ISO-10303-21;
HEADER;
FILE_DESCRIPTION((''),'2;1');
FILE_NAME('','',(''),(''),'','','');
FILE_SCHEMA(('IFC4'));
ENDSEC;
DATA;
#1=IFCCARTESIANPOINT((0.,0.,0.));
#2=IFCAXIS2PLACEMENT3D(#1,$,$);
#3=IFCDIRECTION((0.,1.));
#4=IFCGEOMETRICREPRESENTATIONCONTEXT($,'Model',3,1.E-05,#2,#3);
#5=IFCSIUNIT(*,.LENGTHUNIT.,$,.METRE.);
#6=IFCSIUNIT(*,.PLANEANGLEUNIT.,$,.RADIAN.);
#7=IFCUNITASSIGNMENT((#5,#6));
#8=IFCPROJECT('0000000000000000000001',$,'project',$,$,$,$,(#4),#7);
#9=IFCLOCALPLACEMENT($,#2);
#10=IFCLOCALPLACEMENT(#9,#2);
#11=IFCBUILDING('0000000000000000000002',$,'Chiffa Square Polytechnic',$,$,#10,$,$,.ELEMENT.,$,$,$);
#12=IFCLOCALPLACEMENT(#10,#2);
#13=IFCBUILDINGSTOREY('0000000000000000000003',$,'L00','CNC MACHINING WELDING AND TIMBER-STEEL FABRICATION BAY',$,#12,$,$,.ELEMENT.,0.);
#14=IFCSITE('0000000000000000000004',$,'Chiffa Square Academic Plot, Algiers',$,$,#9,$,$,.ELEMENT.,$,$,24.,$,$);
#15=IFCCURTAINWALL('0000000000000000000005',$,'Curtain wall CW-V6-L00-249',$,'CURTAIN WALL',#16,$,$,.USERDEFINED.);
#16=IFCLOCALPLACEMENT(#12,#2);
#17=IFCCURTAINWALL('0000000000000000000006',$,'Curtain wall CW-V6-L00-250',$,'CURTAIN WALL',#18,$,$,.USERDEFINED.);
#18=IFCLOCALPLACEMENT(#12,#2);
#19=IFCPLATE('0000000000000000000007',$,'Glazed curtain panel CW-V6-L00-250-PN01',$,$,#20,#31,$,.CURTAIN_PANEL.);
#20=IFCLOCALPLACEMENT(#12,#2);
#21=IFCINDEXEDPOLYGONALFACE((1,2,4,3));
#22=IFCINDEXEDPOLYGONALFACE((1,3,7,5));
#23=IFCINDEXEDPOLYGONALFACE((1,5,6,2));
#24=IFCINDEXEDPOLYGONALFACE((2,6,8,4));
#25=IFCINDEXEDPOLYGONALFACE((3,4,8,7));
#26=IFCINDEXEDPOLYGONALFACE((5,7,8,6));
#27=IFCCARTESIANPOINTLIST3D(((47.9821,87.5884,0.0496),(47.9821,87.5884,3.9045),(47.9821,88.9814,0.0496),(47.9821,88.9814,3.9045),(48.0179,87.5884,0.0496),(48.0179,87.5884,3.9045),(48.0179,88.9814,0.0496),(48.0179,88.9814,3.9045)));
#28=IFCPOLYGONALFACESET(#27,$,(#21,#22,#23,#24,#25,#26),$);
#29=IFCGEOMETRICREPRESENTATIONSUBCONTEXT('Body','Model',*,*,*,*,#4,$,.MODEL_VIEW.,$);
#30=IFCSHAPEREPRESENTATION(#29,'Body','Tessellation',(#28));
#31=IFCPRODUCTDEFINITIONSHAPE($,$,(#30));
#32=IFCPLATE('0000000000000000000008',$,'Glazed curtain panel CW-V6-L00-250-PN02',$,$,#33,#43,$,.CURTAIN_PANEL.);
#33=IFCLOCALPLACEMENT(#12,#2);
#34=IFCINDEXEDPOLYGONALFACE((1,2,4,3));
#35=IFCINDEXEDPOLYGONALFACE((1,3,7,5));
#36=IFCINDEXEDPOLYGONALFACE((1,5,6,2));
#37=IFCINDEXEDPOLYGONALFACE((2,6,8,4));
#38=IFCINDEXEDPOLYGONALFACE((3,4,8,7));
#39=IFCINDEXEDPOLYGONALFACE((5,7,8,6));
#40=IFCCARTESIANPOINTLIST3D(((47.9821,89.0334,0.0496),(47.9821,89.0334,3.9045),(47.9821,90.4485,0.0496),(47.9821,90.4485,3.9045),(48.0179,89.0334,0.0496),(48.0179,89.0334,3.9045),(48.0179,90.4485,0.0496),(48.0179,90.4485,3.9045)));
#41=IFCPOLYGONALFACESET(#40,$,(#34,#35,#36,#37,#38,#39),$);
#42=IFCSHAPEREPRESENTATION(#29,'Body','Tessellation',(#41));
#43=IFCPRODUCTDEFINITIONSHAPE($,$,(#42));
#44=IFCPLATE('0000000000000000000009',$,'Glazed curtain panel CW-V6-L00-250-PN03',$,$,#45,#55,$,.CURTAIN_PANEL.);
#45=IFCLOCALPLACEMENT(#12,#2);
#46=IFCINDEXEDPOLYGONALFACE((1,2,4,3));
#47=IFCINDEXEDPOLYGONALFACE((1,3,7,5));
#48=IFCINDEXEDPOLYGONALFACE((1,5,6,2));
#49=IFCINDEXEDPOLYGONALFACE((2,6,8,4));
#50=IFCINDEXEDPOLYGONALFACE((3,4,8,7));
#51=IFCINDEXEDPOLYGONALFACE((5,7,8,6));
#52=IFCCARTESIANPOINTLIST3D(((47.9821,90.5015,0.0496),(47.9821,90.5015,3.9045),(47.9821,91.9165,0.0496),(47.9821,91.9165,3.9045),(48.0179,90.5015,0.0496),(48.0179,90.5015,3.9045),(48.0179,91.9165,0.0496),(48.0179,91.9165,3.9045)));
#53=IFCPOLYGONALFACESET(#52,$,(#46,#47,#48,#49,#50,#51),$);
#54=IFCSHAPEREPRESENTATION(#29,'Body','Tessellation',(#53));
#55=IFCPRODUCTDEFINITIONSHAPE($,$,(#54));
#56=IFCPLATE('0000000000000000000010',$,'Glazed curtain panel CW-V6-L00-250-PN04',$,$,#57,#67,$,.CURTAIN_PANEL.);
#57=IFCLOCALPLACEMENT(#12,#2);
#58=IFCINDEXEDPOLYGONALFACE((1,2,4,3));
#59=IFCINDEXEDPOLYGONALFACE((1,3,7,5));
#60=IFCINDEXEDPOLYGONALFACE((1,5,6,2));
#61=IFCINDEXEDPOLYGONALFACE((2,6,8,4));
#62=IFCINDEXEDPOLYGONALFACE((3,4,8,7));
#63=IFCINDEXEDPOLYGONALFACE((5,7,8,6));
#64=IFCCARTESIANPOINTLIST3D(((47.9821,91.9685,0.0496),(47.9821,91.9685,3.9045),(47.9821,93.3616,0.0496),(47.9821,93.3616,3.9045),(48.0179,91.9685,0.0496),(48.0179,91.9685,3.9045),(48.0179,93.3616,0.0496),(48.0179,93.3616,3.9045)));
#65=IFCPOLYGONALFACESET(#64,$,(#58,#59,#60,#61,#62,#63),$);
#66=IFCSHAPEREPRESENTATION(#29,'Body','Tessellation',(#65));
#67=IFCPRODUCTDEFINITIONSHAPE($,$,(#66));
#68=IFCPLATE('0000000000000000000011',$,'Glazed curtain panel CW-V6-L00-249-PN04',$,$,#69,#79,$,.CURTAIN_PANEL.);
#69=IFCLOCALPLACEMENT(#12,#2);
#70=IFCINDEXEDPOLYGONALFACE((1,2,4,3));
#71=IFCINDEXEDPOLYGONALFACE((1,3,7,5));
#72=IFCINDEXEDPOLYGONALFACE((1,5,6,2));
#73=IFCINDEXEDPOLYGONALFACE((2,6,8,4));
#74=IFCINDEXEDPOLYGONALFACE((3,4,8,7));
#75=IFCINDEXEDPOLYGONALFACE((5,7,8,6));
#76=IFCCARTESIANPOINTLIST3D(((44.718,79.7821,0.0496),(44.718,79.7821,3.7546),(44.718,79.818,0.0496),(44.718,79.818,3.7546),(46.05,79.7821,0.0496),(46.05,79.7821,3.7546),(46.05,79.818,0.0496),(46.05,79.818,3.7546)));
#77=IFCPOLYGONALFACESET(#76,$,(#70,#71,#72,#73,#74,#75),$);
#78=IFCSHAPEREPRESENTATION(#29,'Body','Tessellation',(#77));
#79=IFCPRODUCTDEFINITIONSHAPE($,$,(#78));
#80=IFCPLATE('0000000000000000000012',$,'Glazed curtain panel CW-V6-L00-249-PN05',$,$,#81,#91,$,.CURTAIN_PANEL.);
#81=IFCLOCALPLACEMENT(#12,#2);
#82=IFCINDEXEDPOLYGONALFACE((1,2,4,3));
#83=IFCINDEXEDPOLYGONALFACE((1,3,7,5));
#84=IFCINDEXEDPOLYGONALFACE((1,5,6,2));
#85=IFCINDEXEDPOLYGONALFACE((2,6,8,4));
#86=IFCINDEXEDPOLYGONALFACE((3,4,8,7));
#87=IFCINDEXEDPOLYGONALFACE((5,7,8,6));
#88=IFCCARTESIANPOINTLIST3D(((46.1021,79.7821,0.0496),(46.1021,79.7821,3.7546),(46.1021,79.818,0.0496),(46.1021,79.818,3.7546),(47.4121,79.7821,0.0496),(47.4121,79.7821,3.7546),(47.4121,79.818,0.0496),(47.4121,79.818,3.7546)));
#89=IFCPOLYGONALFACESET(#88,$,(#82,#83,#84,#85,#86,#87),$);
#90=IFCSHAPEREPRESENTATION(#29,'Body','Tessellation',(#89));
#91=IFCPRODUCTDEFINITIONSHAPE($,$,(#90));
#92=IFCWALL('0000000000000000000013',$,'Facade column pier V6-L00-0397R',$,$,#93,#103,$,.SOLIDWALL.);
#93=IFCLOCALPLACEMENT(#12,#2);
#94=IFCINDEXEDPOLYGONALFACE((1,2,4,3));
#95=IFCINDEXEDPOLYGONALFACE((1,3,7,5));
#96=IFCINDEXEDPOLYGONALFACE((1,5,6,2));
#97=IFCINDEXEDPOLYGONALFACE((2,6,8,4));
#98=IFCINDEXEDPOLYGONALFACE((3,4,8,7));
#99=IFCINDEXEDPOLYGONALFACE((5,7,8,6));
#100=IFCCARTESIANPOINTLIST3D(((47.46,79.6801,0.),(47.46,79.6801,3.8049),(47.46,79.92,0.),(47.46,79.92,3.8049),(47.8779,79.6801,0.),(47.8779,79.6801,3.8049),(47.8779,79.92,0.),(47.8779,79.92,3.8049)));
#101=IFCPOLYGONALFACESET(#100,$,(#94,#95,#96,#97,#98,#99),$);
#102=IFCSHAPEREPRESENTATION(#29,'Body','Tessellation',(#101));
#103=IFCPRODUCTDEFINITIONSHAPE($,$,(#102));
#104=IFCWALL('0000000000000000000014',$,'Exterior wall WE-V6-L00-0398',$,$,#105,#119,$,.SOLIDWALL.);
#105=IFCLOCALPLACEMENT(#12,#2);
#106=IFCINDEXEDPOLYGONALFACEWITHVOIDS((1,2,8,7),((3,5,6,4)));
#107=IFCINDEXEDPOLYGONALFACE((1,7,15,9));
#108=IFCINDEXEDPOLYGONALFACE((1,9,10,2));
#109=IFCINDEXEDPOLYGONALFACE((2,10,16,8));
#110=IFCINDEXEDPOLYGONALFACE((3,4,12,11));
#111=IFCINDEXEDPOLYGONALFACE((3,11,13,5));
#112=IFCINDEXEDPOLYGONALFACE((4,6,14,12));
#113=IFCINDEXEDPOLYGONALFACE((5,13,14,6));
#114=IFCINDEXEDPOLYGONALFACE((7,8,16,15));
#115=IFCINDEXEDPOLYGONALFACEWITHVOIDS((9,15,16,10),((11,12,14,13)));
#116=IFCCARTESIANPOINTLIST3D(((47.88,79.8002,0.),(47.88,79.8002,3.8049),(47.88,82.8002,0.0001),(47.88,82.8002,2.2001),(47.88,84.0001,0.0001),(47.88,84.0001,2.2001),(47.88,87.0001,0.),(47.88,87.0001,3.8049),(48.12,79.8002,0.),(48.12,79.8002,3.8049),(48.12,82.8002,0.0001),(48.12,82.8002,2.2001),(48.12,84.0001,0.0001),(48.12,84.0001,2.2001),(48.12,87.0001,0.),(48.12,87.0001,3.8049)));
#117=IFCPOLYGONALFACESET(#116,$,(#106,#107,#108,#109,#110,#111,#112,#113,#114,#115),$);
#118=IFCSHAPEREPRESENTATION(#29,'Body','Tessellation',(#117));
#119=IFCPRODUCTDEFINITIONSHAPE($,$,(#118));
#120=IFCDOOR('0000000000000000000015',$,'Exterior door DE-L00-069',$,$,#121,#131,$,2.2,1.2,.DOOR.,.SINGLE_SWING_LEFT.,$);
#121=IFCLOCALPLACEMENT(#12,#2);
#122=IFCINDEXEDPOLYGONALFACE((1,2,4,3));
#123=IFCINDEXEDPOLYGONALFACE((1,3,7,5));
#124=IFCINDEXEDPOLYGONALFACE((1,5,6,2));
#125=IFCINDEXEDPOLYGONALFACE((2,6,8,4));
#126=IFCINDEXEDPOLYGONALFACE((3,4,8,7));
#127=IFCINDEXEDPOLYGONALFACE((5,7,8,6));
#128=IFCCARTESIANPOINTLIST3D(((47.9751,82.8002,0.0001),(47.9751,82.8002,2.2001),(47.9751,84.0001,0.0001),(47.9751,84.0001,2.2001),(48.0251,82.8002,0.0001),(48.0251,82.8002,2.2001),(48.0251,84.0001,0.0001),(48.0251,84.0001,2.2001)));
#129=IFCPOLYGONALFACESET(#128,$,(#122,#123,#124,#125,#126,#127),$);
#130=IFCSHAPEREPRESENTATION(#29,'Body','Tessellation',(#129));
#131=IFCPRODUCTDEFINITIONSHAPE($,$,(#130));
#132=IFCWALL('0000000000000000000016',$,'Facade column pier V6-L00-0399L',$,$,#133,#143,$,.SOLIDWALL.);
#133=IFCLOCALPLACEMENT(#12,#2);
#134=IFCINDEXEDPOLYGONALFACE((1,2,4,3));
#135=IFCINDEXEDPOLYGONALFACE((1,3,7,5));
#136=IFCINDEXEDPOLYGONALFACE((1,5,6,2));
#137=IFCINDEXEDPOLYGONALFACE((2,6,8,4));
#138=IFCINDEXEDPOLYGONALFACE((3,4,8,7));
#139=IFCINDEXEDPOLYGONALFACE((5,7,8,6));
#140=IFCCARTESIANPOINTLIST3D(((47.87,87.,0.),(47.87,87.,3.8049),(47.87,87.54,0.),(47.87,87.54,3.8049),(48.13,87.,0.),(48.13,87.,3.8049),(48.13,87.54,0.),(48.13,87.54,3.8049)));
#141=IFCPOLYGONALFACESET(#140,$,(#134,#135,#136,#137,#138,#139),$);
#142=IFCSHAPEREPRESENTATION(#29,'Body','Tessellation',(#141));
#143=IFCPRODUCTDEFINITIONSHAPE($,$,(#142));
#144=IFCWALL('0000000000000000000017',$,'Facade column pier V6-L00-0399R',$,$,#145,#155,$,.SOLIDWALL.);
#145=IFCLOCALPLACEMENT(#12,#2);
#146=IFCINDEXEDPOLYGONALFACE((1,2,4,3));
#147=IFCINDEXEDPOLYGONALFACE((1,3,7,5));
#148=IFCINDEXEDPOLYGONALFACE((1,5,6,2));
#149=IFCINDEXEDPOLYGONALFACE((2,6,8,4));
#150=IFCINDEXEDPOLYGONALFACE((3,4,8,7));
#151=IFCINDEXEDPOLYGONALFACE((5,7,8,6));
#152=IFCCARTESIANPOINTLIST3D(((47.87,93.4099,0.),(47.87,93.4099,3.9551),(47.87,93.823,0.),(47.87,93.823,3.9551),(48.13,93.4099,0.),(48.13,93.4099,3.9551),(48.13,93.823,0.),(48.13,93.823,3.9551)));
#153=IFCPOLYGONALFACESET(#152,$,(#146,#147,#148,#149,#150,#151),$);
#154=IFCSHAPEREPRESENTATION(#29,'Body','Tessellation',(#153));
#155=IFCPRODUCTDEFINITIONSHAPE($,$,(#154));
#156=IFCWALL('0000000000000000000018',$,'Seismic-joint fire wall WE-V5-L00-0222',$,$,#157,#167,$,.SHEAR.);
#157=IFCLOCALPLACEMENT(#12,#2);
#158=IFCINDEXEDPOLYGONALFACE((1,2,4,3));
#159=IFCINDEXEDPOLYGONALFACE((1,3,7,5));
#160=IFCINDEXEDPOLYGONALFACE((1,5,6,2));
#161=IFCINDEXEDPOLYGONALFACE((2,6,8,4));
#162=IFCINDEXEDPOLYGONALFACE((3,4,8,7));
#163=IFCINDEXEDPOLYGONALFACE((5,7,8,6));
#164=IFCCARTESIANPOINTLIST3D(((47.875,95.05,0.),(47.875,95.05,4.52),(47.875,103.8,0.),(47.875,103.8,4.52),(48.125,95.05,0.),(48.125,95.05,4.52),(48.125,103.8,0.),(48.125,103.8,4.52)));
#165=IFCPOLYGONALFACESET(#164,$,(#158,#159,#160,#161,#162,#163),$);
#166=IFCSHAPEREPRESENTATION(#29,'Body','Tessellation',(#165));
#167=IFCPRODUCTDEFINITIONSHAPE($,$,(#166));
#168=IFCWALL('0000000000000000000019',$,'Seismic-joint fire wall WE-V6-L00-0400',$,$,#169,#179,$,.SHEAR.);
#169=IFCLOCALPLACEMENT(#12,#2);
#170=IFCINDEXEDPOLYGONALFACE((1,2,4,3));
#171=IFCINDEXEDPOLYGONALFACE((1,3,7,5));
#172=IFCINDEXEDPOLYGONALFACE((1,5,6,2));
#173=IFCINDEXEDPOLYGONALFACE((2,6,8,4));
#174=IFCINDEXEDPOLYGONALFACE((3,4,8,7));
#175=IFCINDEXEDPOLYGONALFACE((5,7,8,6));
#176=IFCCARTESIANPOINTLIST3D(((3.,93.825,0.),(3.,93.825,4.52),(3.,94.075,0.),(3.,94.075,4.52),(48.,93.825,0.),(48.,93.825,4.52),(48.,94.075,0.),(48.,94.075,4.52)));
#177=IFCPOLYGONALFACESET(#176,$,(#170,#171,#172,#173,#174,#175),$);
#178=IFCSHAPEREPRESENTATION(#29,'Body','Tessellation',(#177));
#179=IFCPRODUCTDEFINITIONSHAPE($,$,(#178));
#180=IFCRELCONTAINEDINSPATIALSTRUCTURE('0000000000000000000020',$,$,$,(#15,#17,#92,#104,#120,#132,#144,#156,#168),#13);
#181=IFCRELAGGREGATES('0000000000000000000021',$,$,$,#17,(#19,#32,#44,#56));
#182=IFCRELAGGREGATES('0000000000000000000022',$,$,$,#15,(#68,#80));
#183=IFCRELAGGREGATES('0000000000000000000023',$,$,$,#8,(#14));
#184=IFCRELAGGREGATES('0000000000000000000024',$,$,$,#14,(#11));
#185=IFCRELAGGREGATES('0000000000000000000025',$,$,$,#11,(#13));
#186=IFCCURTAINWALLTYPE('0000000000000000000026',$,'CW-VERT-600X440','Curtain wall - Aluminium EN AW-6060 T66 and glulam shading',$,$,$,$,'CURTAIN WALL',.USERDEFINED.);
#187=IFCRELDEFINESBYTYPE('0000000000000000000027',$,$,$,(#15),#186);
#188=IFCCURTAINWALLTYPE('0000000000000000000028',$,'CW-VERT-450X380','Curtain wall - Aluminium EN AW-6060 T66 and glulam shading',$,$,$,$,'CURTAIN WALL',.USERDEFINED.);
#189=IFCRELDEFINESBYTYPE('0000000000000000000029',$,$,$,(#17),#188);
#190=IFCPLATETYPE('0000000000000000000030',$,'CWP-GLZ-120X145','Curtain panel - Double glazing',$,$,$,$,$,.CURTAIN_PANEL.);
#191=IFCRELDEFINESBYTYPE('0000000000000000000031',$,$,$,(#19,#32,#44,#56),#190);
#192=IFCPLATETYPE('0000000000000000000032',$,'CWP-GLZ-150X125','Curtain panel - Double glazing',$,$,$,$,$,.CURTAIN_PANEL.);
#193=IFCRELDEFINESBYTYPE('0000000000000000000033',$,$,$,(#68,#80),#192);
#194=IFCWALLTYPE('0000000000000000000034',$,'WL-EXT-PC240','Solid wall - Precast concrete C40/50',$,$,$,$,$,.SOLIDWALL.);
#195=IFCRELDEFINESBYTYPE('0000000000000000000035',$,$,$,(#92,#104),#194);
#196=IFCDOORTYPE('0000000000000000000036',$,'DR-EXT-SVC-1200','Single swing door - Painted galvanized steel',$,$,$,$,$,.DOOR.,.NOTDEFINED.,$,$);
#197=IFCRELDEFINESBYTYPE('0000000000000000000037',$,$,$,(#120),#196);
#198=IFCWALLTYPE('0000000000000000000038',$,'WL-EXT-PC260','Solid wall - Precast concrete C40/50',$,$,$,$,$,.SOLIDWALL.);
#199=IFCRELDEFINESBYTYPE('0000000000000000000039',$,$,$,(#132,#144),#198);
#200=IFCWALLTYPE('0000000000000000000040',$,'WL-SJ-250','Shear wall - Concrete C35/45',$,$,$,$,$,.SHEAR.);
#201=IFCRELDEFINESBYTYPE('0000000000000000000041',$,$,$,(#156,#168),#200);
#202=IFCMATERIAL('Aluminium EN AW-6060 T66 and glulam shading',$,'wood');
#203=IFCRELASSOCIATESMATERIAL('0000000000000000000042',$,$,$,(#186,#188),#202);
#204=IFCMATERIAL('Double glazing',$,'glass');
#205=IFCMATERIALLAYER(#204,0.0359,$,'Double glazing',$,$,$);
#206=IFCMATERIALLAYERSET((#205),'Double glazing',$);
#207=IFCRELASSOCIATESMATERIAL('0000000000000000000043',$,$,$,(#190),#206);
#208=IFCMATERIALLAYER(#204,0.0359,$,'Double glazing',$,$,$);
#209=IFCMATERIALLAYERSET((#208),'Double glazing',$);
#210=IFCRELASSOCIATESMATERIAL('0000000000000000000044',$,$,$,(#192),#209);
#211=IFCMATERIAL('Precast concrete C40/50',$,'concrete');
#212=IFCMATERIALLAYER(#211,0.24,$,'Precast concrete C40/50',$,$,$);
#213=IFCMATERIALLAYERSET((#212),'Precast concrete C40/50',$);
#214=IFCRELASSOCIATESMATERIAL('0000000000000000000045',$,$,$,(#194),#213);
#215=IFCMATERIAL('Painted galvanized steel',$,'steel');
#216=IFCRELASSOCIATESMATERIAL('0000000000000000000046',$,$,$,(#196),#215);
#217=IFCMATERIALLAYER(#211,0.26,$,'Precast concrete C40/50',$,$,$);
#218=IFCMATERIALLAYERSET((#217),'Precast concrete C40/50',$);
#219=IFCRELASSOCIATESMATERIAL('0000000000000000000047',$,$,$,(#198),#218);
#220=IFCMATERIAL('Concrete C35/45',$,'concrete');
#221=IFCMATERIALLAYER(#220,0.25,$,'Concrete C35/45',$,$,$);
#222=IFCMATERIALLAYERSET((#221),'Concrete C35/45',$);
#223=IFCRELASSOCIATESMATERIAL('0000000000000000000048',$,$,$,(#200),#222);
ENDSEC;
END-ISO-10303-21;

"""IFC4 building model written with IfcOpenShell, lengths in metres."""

from ifc_helpers import new_model, si_unit, direction, frame, frame_2d, origin, origin_2d, place, context, subcontext, project, spatial, rectangle, extrude, material, layer, layer_set, type_object, element, fill, aggregate, save


model = new_model("IFC4")

# Units and contexts
model_context = context("Model", 3, precision=1e-05, world=origin(), true_north=direction((0.0, 1.0)))
body_context = subcontext(model_context, "Body", "Model", "MODEL_VIEW")
ifc_project = project(units=[si_unit("LENGTHUNIT", "METRE"), si_unit("PLANEANGLEUNIT", "RADIAN")], contexts=[model_context])

# Site, building, storey
site_placement = place(None, origin())
site = spatial("IfcSite", under=ifc_project, at=site_placement, Name="Chiffa Square Academic Plot, Algiers", CompositionType="ELEMENT", RefElevation=24.0)
building_placement = place(site_placement, origin())
building = spatial("IfcBuilding", under=site, at=building_placement, Name="Chiffa Square Polytechnic", CompositionType="ELEMENT")
storey_placement = place(building_placement, origin())
storey = spatial("IfcBuildingStorey", under=building, at=storey_placement, Name="L00", Description="CNC MACHINING WELDING AND TIMBER-STEEL FABRICATION BAY", CompositionType="ELEMENT", Elevation=0.0)

# Shared definitions
ifc_material_1 = material(Name="Concrete C35/45", Category="concrete")

# Curtain walls
ifc_material_2 = material(Name="Aluminium EN AW-6060 T66 and glulam shading", Category="wood")
curtain_wall_type_1 = type_object("IfcCurtainWallType", Name="CW-VERT-600X440", Description="Curtain wall - Aluminium EN AW-6060 T66 and glulam shading", ElementType="CURTAIN WALL", PredefinedType="USERDEFINED", material=ifc_material_2)
curtain_wall_1_placement = place(storey_placement, origin())
curtain_wall_1 = element("IfcCurtainWall", 1, at=curtain_wall_1_placement, inside=storey, type_object=curtain_wall_type_1, Name="Curtain wall CW-V6-L00-249", ObjectType="CURTAIN WALL", PredefinedType="USERDEFINED")
curtain_wall_type_2 = type_object("IfcCurtainWallType", Name="CW-VERT-450X380", Description="Curtain wall - Aluminium EN AW-6060 T66 and glulam shading", ElementType="CURTAIN WALL", PredefinedType="USERDEFINED", material=ifc_material_2)
curtain_wall_2_placement = place(storey_placement, origin())
curtain_wall_2 = element("IfcCurtainWall", 2, at=curtain_wall_2_placement, inside=storey, type_object=curtain_wall_type_2, Name="Curtain wall CW-V6-L00-250", ObjectType="CURTAIN WALL", PredefinedType="USERDEFINED")

# Plates
ifc_material_3 = material(Name="Double glazing", Category="glass")
ifc_layer_1 = layer(ifc_material_3, 0.0359, Name="Double glazing")
ifc_layer_set_1 = layer_set([ifc_layer_1], Name="Double glazing")
plate_type_1 = type_object("IfcPlateType", Name="CWP-GLZ-120X145", Description="Curtain panel - Double glazing", PredefinedType="CURTAIN_PANEL", material=ifc_layer_set_1)
plate_1_placement = place(storey_placement, frame((48.0, 88.2849, 0.0496), z_axis=(0.0, 0.0, 1.0), x_axis=(0.0, 1.0, 0.0)))
plate_1 = element("IfcPlate", 3, at=plate_1_placement, type_object=plate_type_1, Name="Glazed curtain panel CW-V6-L00-250-PN01", PredefinedType="CURTAIN_PANEL", context=body_context, shape_type="SweptSolid", body=[
    extrude(rectangle(XDim=1.3931, YDim=0.0359, at=origin_2d()), origin(), (0.0, 0.0, 1.0), 3.855),
])
plate_2_placement = place(storey_placement, frame((48.0, 89.741, 0.0496), z_axis=(0.0, 0.0, 1.0), x_axis=(0.0, 1.0, 0.0)))
plate_2 = element("IfcPlate", 4, at=plate_2_placement, type_object=plate_type_1, Name="Glazed curtain panel CW-V6-L00-250-PN02", PredefinedType="CURTAIN_PANEL", context=body_context, shape_type="SweptSolid", body=[
    extrude(rectangle(XDim=1.415, YDim=0.0359, at=origin_2d()), origin(), (0.0, 0.0, 1.0), 3.855),
])
plate_3_placement = place(storey_placement, frame((48.0, 91.209, 0.0496), z_axis=(0.0, 0.0, 1.0), x_axis=(0.0, 1.0, 0.0)))
plate_3 = element("IfcPlate", 5, at=plate_3_placement, type_object=plate_type_1, Name="Glazed curtain panel CW-V6-L00-250-PN03", PredefinedType="CURTAIN_PANEL", context=body_context, shape_type="SweptSolid", body=[
    extrude(rectangle(XDim=1.415, YDim=0.0359, at=origin_2d()), origin(), (0.0, 0.0, 1.0), 3.855),
])
plate_4_placement = place(storey_placement, frame((48.0, 92.665, 0.0496), z_axis=(0.0, 0.0, 1.0), x_axis=(0.0, 1.0, 0.0)))
plate_4 = element("IfcPlate", 6, at=plate_4_placement, type_object=plate_type_1, Name="Glazed curtain panel CW-V6-L00-250-PN04", PredefinedType="CURTAIN_PANEL", context=body_context, shape_type="SweptSolid", body=[
    extrude(rectangle(XDim=1.3931, YDim=0.0359, at=origin_2d()), origin(), (0.0, 0.0, 1.0), 3.855),
])
aggregate(curtain_wall_2, [plate_1, plate_2, plate_3, plate_4])
ifc_layer_2 = layer(ifc_material_3, 0.0359, Name="Double glazing")
ifc_layer_set_2 = layer_set([ifc_layer_2], Name="Double glazing")
plate_type_2 = type_object("IfcPlateType", Name="CWP-GLZ-150X125", Description="Curtain panel - Double glazing", PredefinedType="CURTAIN_PANEL", material=ifc_layer_set_2)
plate_5_placement = place(storey_placement, frame((45.384, 79.8, 0.0496), z_axis=(0.0, 0.0, 1.0), x_axis=(1.0, 0.0, 0.0)))
plate_5 = element("IfcPlate", 7, at=plate_5_placement, type_object=plate_type_2, Name="Glazed curtain panel CW-V6-L00-249-PN04", PredefinedType="CURTAIN_PANEL", context=body_context, shape_type="SweptSolid", body=[
    extrude(rectangle(XDim=1.332, YDim=0.0359, at=origin_2d()), origin(), (0.0, 0.0, 1.0), 3.7051),
])
plate_6_placement = place(storey_placement, frame((46.7571, 79.8, 0.0496), z_axis=(0.0, 0.0, 1.0), x_axis=(1.0, 0.0, 0.0)))
plate_6 = element("IfcPlate", 8, at=plate_6_placement, type_object=plate_type_2, Name="Glazed curtain panel CW-V6-L00-249-PN05", PredefinedType="CURTAIN_PANEL", context=body_context, shape_type="SweptSolid", body=[
    extrude(rectangle(XDim=1.3101, YDim=0.0359, at=origin_2d()), origin(), (0.0, 0.0, 1.0), 3.7051),
])
aggregate(curtain_wall_1, [plate_5, plate_6])

# Wall
ifc_material_4 = material(Name="Precast concrete C40/50", Category="concrete")
ifc_layer_3 = layer(ifc_material_4, 0.24, Name="Precast concrete C40/50")
ifc_layer_set_3 = layer_set([ifc_layer_3], Name="Precast concrete C40/50")
wall_type_1 = type_object("IfcWallType", Name="WL-EXT-PC240", Description="Solid wall - Precast concrete C40/50", PredefinedType="SOLIDWALL", material=ifc_layer_set_3)
wall_1_placement = place(storey_placement, frame((47.46, 79.8, 0.0), z_axis=(0.0, 0.0, 1.0), x_axis=(1.0, 0.0, 0.0)))
element("IfcWall", 9, at=wall_1_placement, inside=storey, type_object=wall_type_1, Name="Facade column pier V6-L00-0397R", PredefinedType="SOLIDWALL", context=body_context, shape_type="SweptSolid", body=[
    extrude(rectangle(XDim=0.418, YDim=0.24, at=frame_2d((0.209, 0.0))), origin(), (0.0, 0.0, 1.0), 3.8049),
])

# Wall, opening, door
wall_2_placement = place(storey_placement, frame((48.0, 79.8, 0.0), z_axis=(0.0, 0.0, 1.0), x_axis=(0.0, 1.0, 0.0)))
wall_2 = element("IfcWall", 10, at=wall_2_placement, inside=storey, type_object=wall_type_1, Name="Exterior wall WE-V6-L00-0398", PredefinedType="SOLIDWALL", context=body_context, shape_type="SweptSolid", body=[
    extrude(rectangle(XDim=7.2, YDim=0.24, at=frame_2d((3.6001, 0.0))), origin(), (0.0, 0.0, 1.0), 3.8049),
])
opening_placement = place(wall_2_placement, frame((3.0, 0.0, 0.0)))
opening = element("IfcOpeningElement", 11, at=opening_placement, cuts=wall_2, PredefinedType="OPENING", context=body_context, shape_type="SweptSolid", body=[
    extrude(rectangle(XDim=1.2, YDim=2.2, at=frame_2d((0.6001, 1.1001))), frame((0.0, 0.1299, 0.0), z_axis=(0.0, -1.0, 0.0), x_axis=(1.0, 0.0, 0.0)), (0.0, 0.0, 1.0), 0.26),
])
ifc_material_5 = material(Name="Painted galvanized steel", Category="steel")
door_type = type_object("IfcDoorType", Name="DR-EXT-SVC-1200", Description="Single swing door - Painted galvanized steel", OperationType="NOTDEFINED", PredefinedType="DOOR", material=ifc_material_5)
door_placement = place(opening_placement, origin())
door = element("IfcDoor", 12, at=door_placement, inside=storey, type_object=door_type, Name="Exterior door DE-L00-069", OperationType="SINGLE_SWING_LEFT", OverallHeight=2.2, OverallWidth=1.2, PredefinedType="DOOR", context=body_context, shape_type="SweptSolid", body=[
    extrude(rectangle(XDim=1.2, YDim=2.2, at=frame_2d((0.6001, 1.1001))), frame((0.0, 0.0249, 0.0), z_axis=(0.0, -1.0, 0.0), x_axis=(1.0, 0.0, 0.0)), (0.0, 0.0, 1.0), 0.05),
])
fill(opening, door)

# Walls
ifc_layer_4 = layer(ifc_material_4, 0.26, Name="Precast concrete C40/50")
ifc_layer_set_4 = layer_set([ifc_layer_4], Name="Precast concrete C40/50")
wall_type_2 = type_object("IfcWallType", Name="WL-EXT-PC260", Description="Solid wall - Precast concrete C40/50", PredefinedType="SOLIDWALL", material=ifc_layer_set_4)
wall_3_placement = place(storey_placement, frame((48.0, 87.0, 0.0), z_axis=(0.0, 0.0, 1.0), x_axis=(0.0, 1.0, 0.0)))
element("IfcWall", 13, at=wall_3_placement, inside=storey, type_object=wall_type_2, Name="Facade column pier V6-L00-0399L", PredefinedType="SOLIDWALL", context=body_context, shape_type="SweptSolid", body=[
    extrude(rectangle(XDim=0.54, YDim=0.26, at=frame_2d((0.27, 0.0))), origin(), (0.0, 0.0, 1.0), 3.8049),
])
wall_4_placement = place(storey_placement, frame((48.0, 93.4099, 0.0), z_axis=(0.0, 0.0, 1.0), x_axis=(0.0, 1.0, 0.0)))
element("IfcWall", 14, at=wall_4_placement, inside=storey, type_object=wall_type_2, Name="Facade column pier V6-L00-0399R", PredefinedType="SOLIDWALL", context=body_context, shape_type="SweptSolid", body=[
    extrude(rectangle(XDim=0.4131, YDim=0.26, at=frame_2d((0.2065, 0.0))), origin(), (0.0, 0.0, 1.0), 3.9551),
])
ifc_layer_5 = layer(ifc_material_1, 0.25, Name="Concrete C35/45")
ifc_layer_set_5 = layer_set([ifc_layer_5], Name="Concrete C35/45")
wall_type_3 = type_object("IfcWallType", Name="WL-SJ-250", Description="Shear wall - Concrete C35/45", PredefinedType="SHEAR", material=ifc_layer_set_5)
wall_5_placement = place(storey_placement, frame((48.0, 95.05, 0.0), z_axis=(0.0, 0.0, 1.0), x_axis=(0.0, 1.0, 0.0)))
element("IfcWall", 15, at=wall_5_placement, inside=storey, type_object=wall_type_3, Name="Seismic-joint fire wall WE-V5-L00-0222", PredefinedType="SHEAR", context=body_context, shape_type="SweptSolid", body=[
    extrude(rectangle(XDim=8.75, YDim=0.25, at=frame_2d((4.375, 0.0))), origin(), (0.0, 0.0, 1.0), 4.52),
])
wall_6_placement = place(storey_placement, frame((48.0, 93.95, 0.0), z_axis=(0.0, 0.0, 1.0), x_axis=(-1.0, 0.0, 0.0)))
element("IfcWall", 16, at=wall_6_placement, inside=storey, type_object=wall_type_3, Name="Seismic-joint fire wall WE-V6-L00-0400", PredefinedType="SHEAR", context=body_context, shape_type="SweptSolid", body=[
    extrude(rectangle(XDim=45.0, YDim=0.25, at=frame_2d((22.5, 0.0))), origin(), (0.0, 0.0, 1.0), 4.52),
])

save(model, "model.ifc")
